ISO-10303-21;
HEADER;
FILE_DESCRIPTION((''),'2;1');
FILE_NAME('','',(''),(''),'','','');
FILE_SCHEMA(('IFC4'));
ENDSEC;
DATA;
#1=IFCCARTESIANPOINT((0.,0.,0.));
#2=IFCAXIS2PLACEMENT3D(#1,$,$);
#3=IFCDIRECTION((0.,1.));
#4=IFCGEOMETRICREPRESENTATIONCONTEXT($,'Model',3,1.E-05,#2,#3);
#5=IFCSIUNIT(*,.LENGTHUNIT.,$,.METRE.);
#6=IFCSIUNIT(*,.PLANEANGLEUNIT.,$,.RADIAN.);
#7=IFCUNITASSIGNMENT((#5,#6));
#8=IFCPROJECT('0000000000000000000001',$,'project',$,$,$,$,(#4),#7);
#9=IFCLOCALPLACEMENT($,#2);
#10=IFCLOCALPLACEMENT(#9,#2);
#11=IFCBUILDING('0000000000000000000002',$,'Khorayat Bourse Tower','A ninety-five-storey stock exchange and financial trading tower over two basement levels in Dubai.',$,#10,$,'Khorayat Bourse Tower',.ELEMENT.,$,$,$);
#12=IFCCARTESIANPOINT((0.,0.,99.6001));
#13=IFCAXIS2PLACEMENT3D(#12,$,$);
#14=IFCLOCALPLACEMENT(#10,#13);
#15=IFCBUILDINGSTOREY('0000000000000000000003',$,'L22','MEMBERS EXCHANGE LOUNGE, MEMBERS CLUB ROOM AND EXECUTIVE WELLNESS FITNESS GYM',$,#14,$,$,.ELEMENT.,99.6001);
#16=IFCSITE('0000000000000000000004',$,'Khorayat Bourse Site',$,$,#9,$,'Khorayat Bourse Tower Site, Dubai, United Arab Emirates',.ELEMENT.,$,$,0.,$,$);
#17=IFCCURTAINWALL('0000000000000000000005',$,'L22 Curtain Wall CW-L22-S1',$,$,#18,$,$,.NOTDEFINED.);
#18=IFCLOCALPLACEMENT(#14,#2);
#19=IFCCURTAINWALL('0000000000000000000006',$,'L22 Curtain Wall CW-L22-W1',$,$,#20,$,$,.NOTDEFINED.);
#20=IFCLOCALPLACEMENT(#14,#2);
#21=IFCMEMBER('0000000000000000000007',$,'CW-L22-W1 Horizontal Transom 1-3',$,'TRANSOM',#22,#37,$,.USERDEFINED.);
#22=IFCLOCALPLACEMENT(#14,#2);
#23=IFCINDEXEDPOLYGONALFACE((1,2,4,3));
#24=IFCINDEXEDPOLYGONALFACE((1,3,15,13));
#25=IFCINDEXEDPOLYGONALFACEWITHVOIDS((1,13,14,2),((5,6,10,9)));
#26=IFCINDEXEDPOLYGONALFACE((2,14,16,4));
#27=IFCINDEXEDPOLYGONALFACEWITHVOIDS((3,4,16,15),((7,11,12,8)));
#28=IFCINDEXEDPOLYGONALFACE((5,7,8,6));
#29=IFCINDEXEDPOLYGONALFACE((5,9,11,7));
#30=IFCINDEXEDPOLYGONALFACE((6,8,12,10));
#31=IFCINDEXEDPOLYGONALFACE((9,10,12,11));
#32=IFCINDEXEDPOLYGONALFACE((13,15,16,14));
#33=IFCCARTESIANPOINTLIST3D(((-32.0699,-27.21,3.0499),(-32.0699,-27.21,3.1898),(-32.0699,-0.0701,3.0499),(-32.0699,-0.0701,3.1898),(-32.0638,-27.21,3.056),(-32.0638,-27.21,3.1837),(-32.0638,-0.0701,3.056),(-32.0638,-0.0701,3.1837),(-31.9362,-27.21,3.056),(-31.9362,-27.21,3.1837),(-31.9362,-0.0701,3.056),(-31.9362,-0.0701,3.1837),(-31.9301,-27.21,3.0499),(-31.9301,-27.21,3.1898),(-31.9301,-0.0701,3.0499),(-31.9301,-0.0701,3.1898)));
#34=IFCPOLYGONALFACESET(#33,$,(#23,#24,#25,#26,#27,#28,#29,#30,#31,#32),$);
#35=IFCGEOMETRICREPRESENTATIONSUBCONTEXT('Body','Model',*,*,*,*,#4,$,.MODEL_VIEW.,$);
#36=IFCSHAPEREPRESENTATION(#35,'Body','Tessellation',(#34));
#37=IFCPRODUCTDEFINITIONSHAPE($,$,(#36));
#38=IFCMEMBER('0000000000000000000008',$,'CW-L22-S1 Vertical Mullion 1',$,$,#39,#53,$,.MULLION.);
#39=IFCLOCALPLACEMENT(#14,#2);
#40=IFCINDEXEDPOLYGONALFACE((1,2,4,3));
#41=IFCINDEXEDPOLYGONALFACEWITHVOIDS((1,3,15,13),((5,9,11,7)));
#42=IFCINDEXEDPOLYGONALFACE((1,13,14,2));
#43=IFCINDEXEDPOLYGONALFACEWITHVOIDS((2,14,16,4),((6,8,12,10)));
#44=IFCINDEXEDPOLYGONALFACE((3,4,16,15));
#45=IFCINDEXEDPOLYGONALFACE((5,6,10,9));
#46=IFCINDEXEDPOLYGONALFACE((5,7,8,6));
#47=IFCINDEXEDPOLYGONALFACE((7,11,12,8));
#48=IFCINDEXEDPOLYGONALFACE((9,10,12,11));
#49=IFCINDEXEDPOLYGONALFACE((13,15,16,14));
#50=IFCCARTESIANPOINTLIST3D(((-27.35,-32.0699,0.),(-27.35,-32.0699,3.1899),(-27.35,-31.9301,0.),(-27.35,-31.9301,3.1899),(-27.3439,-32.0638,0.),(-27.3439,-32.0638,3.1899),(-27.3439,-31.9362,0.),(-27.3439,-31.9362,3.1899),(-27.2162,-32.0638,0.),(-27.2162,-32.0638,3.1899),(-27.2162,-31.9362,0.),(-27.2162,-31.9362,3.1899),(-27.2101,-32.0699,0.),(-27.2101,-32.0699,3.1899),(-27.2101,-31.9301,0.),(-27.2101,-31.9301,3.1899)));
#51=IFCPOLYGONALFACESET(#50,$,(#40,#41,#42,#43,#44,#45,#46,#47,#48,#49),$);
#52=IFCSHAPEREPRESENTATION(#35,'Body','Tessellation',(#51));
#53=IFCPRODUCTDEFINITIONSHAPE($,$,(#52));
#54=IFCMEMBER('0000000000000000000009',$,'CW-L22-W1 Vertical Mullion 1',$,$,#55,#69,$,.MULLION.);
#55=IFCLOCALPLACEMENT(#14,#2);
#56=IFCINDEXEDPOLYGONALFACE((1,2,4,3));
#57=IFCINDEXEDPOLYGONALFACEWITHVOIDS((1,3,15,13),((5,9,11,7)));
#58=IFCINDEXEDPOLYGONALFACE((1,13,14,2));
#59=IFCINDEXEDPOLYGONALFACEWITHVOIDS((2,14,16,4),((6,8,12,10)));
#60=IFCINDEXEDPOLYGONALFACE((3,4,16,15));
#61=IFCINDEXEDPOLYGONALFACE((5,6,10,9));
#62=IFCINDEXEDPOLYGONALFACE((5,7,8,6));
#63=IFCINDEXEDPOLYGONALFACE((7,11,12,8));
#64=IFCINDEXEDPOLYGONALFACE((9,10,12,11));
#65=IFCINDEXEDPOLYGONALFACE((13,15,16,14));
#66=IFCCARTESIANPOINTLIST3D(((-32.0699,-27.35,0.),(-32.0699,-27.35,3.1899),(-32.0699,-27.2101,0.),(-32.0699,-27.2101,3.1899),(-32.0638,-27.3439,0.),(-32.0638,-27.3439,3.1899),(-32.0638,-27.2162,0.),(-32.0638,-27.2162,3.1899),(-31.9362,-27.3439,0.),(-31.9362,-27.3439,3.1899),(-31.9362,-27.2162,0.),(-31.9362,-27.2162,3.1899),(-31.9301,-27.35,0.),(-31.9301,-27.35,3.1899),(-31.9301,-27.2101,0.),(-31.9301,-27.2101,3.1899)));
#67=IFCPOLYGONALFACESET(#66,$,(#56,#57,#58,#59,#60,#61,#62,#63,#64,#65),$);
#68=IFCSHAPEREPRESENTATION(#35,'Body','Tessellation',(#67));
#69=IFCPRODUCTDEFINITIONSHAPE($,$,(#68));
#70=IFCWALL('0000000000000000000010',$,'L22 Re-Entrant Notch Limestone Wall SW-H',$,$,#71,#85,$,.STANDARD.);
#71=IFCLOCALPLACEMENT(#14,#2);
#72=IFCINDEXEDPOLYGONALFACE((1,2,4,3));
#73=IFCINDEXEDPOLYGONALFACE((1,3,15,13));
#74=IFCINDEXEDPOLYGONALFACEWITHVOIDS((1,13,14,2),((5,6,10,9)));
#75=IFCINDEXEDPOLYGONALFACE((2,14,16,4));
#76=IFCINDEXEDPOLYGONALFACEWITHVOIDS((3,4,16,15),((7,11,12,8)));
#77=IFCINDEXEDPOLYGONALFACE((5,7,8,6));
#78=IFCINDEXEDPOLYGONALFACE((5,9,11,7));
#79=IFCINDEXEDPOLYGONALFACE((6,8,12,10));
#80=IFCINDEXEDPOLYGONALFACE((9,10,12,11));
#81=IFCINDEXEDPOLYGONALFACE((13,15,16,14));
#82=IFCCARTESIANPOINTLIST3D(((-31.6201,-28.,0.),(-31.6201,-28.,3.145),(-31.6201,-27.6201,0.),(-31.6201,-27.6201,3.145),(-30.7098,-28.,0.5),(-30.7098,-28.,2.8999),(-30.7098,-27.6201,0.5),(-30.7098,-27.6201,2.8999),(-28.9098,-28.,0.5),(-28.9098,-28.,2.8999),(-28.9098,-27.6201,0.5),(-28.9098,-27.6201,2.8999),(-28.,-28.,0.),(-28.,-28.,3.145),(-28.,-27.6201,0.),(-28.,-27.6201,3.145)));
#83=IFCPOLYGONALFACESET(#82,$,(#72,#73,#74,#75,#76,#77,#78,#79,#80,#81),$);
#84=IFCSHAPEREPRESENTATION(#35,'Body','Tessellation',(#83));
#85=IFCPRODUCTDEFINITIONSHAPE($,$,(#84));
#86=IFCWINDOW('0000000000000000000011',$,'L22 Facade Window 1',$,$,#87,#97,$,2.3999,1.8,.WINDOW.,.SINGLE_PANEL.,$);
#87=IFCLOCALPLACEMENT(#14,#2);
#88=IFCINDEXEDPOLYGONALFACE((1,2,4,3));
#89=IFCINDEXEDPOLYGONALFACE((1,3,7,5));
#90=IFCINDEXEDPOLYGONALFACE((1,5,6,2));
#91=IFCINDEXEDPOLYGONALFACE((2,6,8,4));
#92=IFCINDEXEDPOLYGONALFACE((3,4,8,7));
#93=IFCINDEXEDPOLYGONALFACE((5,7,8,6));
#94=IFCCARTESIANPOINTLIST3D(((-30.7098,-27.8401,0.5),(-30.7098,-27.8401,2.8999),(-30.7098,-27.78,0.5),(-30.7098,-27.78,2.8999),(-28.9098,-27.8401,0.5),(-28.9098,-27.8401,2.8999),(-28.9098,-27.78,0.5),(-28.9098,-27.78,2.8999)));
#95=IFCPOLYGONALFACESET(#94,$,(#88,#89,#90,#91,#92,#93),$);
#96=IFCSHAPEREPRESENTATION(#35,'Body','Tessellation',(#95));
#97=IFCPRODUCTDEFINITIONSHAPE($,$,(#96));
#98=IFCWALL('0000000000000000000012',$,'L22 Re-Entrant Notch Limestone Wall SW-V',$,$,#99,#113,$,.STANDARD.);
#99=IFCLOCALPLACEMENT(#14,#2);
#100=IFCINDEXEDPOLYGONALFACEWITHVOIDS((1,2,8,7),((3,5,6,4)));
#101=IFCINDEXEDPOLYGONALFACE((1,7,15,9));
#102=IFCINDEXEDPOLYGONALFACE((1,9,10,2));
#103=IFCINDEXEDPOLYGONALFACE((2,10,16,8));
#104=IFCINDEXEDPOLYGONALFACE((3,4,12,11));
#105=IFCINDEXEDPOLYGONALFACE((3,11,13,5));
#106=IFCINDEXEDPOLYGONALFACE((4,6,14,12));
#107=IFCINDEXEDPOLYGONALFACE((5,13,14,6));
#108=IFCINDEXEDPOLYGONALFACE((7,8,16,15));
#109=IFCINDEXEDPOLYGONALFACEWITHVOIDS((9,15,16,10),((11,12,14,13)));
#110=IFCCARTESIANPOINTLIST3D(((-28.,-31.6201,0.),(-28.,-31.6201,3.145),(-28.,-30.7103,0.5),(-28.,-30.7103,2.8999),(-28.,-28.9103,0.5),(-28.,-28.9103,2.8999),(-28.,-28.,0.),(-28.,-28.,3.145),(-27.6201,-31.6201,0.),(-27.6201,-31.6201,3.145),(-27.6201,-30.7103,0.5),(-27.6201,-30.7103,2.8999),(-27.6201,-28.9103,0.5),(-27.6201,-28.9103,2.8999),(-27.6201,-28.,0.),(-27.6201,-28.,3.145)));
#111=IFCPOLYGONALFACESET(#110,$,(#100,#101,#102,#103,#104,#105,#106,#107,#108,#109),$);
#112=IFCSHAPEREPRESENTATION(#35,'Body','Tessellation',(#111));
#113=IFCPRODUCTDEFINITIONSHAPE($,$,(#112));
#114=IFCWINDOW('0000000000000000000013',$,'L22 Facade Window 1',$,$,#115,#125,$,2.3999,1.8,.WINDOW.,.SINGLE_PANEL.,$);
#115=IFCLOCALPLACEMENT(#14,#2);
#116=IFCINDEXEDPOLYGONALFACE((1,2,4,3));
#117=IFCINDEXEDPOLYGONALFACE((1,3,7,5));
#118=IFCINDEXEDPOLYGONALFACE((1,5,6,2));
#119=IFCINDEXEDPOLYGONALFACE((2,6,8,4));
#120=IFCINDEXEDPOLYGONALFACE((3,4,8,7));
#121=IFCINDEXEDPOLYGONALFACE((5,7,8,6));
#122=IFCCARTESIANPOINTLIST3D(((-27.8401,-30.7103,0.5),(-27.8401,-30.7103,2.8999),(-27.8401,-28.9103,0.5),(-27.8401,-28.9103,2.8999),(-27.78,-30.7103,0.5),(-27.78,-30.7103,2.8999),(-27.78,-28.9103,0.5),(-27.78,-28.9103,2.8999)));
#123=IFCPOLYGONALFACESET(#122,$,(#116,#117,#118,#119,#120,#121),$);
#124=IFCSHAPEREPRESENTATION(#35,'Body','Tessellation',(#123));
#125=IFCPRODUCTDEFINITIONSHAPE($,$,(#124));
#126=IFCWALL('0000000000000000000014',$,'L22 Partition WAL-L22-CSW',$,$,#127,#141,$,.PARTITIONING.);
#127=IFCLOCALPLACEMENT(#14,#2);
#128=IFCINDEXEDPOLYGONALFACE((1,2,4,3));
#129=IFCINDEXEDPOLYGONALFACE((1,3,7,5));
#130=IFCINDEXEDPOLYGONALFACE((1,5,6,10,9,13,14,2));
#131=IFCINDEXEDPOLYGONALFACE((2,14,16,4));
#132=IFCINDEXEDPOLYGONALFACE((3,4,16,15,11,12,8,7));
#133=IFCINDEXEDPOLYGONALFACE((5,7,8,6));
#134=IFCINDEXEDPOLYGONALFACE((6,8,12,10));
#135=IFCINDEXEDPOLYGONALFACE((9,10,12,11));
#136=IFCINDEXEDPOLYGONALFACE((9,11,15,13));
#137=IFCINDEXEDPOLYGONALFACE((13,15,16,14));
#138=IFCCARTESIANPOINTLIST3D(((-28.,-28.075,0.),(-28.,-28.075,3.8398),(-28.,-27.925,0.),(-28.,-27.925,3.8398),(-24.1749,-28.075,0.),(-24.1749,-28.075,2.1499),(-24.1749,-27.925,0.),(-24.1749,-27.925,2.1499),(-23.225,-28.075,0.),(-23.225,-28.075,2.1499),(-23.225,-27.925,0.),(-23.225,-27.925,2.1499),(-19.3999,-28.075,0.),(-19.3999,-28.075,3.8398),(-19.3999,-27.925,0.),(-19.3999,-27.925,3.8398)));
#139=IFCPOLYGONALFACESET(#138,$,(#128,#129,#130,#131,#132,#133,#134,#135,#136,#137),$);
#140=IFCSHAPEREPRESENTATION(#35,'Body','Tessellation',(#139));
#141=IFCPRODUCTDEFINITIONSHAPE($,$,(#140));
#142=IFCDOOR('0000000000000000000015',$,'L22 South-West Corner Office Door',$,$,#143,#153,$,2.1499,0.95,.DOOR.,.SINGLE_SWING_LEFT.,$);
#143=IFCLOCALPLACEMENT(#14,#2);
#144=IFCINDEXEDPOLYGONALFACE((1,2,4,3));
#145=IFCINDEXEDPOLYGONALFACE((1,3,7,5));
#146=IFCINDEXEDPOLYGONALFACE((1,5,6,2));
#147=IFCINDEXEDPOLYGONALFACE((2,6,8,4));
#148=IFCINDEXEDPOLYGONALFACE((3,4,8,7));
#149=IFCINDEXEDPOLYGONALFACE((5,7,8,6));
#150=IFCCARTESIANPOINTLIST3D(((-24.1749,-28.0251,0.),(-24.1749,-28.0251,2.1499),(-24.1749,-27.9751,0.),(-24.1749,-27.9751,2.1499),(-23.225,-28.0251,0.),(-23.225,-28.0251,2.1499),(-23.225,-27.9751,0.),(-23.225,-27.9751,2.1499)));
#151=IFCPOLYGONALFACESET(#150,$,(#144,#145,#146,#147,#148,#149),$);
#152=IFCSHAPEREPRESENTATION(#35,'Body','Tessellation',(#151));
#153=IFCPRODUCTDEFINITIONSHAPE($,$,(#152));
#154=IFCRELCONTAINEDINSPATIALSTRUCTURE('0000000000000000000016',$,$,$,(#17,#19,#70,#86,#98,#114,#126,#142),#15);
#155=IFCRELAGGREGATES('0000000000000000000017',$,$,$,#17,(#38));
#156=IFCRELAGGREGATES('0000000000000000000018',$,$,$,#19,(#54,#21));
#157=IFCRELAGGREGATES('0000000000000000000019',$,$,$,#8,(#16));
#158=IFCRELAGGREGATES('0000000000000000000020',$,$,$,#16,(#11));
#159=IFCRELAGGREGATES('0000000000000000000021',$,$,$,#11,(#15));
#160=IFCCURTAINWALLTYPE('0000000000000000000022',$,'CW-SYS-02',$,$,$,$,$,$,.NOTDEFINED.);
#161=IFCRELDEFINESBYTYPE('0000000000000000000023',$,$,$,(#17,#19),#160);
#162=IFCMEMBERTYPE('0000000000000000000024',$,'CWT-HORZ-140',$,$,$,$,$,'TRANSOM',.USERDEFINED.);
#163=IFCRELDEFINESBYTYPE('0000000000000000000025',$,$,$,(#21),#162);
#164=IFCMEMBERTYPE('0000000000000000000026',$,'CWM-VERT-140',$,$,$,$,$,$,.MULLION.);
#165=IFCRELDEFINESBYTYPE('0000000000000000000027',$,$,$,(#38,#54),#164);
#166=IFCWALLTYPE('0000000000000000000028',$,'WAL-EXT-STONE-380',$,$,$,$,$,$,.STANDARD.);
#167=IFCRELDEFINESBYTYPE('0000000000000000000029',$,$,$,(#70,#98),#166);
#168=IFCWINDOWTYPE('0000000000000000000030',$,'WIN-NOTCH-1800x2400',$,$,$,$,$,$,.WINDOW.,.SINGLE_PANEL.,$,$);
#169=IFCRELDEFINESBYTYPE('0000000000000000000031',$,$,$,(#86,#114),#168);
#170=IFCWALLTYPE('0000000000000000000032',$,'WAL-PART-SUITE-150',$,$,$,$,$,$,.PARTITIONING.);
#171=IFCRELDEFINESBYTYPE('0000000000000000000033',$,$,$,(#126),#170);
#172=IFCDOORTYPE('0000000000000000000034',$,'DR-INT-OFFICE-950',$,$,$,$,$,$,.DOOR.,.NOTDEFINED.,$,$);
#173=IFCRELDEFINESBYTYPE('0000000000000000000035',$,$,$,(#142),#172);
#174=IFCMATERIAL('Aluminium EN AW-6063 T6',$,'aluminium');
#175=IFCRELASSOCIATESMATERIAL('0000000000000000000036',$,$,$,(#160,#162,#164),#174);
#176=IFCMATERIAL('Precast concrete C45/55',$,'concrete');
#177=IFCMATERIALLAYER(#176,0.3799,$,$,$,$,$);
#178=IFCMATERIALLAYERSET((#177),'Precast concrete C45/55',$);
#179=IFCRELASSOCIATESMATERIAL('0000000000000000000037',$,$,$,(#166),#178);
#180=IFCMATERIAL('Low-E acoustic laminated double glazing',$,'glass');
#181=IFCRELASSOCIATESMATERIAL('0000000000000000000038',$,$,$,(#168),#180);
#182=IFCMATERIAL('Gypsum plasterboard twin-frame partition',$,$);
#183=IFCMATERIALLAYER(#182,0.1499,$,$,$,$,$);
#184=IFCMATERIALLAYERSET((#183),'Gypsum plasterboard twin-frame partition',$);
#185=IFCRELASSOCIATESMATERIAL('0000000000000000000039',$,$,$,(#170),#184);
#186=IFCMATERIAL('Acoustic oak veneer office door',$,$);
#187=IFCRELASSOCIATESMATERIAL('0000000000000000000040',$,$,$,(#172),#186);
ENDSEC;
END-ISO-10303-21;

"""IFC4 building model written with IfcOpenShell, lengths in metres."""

from ifc_helpers import new_model, si_unit, direction, frame, frame_2d, origin, origin_2d, place, context, subcontext, project, spatial, rectangle, hollow_rectangle, extrude, source, transform, mapped, material, layer, layer_set, material_profile, profile_set, type_object, element, fill, aggregate, save


model = new_model("IFC4")

# Units and contexts
model_context = context("Model", 3, precision=1e-05, world=origin(), true_north=direction((0.0, 1.0)))
body_context = subcontext(model_context, "Body", "Model", "MODEL_VIEW")
ifc_project = project(units=[si_unit("LENGTHUNIT", "METRE"), si_unit("PLANEANGLEUNIT", "RADIAN")], contexts=[model_context])

# Site, building, storey
site_placement = place(None, origin())
site = spatial("IfcSite", under=ifc_project, at=site_placement, Name="Khorayat Bourse Site", LongName="Khorayat Bourse Tower Site, Dubai, United Arab Emirates", CompositionType="ELEMENT", RefElevation=0.0)
building_placement = place(site_placement, origin())
building = spatial("IfcBuilding", under=site, at=building_placement, Name="Khorayat Bourse Tower", Description="A ninety-five-storey stock exchange and financial trading tower over two basement levels in Dubai.", LongName="Khorayat Bourse Tower", CompositionType="ELEMENT")
storey_placement = place(building_placement, frame((0.0, 0.0, 99.6001)))
storey = spatial("IfcBuildingStorey", under=building, at=storey_placement, Name="L22", Description="MEMBERS EXCHANGE LOUNGE, MEMBERS CLUB ROOM AND EXECUTIVE WELLNESS FITNESS GYM", CompositionType="ELEMENT", Elevation=99.6001)

# Curtain walls, member
ifc_material_1 = material(Name="Aluminium EN AW-6063 T6", Category="aluminium")
curtain_wall_type = type_object("IfcCurtainWallType", Name="CW-SYS-02", PredefinedType="NOTDEFINED", material=ifc_material_1)
curtain_wall_1_placement = place(storey_placement, origin())
curtain_wall_1 = element("IfcCurtainWall", 1, at=curtain_wall_1_placement, inside=storey, type_object=curtain_wall_type, Name="L22 Curtain Wall CW-L22-S1", PredefinedType="NOTDEFINED")
ifc_material_profile_1 = material_profile(ifc_material_1, hollow_rectangle(XDim=0.1399, YDim=0.1399, WallThickness=0.0061, at=origin_2d()), Name="ALU 140x140x6")
ifc_profile_set_1 = profile_set([ifc_material_profile_1], Name="Aluminium EN AW-6063 T6")
member_type_1 = type_object("IfcMemberType", Name="CWT-HORZ-140", ElementType="TRANSOM", PredefinedType="USERDEFINED", material=ifc_profile_set_1)
shared_shape_1 = source(origin(), body_context, "Body", "SweptSolid", [
    extrude(hollow_rectangle(XDim=0.1399, YDim=0.1399, WallThickness=0.0061, at=origin_2d()), origin(), (0.0, 0.0, 1.0), 27.1399),
])
curtain_wall_2_placement = place(storey_placement, origin())
curtain_wall_2 = element("IfcCurtainWall", 2, at=curtain_wall_2_placement, inside=storey, type_object=curtain_wall_type, Name="L22 Curtain Wall CW-L22-W1", PredefinedType="NOTDEFINED")
member_1_placement = place(storey_placement, frame((-32.0, -27.21, 3.1199), z_axis=(0.0, 1.0, 0.0), x_axis=(-1.0, 0.0, 0.0)))
member_1 = element("IfcMember", 3, at=member_1_placement, type_object=member_type_1, Name="CW-L22-W1 Horizontal Transom 1-3", ObjectType="TRANSOM", PredefinedType="USERDEFINED", context=body_context, shape_type="MappedRepresentation", body=[
    mapped(shared_shape_1, transform((0.0, 0.0, 0.0), scale=1.0)),
])

# Members
ifc_material_profile_2 = material_profile(ifc_material_1, hollow_rectangle(XDim=0.1399, YDim=0.1399, WallThickness=0.0061, at=origin_2d()), Name="ALU 140x140x6")
ifc_profile_set_2 = profile_set([ifc_material_profile_2], Name="Aluminium EN AW-6063 T6")
member_type_2 = type_object("IfcMemberType", Name="CWM-VERT-140", PredefinedType="MULLION", material=ifc_profile_set_2)
shared_shape_2 = source(origin(), body_context, "Body", "SweptSolid", [
    extrude(hollow_rectangle(XDim=0.1399, YDim=0.1399, WallThickness=0.0061, at=origin_2d()), origin(), (0.0, 0.0, 1.0), 3.1899),
])
member_2_placement = place(storey_placement, frame((-27.28, -32.0, 0.0), z_axis=(0.0, 0.0, 1.0), x_axis=(0.0, 1.0, 0.0)))
member_2 = element("IfcMember", 4, at=member_2_placement, type_object=member_type_2, Name="CW-L22-S1 Vertical Mullion 1", PredefinedType="MULLION", context=body_context, shape_type="MappedRepresentation", body=[
    mapped(shared_shape_2, transform((0.0, 0.0, 0.0), scale=1.0)),
])
aggregate(curtain_wall_1, [member_2])
member_3_placement = place(storey_placement, frame((-32.0, -27.28, 0.0), z_axis=(0.0, 0.0, 1.0), x_axis=(-1.0, 0.0, 0.0)))
member_3 = element("IfcMember", 5, at=member_3_placement, type_object=member_type_2, Name="CW-L22-W1 Vertical Mullion 1", PredefinedType="MULLION", context=body_context, shape_type="MappedRepresentation", body=[
    mapped(shared_shape_2, transform((0.0, 0.0, 0.0), scale=1.0)),
])
aggregate(curtain_wall_2, [member_3, member_1])

# Walls, openings, windows
ifc_material_2 = material(Name="Precast concrete C45/55", Category="concrete")
ifc_layer_1 = layer(ifc_material_2, 0.3799)
ifc_layer_set_1 = layer_set([ifc_layer_1], Name="Precast concrete C45/55")
wall_type_1 = type_object("IfcWallType", Name="WAL-EXT-STONE-380", PredefinedType="STANDARD", material=ifc_layer_set_1)
shared_shape_3 = source(origin(), body_context, "Body", "SweptSolid", [
    extrude(rectangle(XDim=3.6201, YDim=0.3799, at=frame_2d((1.8101, 0.0))), origin(), (0.0, 0.0, 1.0), 3.145),
])
wall_1_placement = place(storey_placement, frame((-28.0, -27.8101, 0.0), z_axis=(0.0, 0.0, 1.0), x_axis=(-1.0, 0.0, 0.0)))
wall_1 = element("IfcWall", 6, at=wall_1_placement, inside=storey, type_object=wall_type_1, Name="L22 Re-Entrant Notch Limestone Wall SW-H", PredefinedType="STANDARD", context=body_context, shape_type="MappedRepresentation", body=[
    mapped(shared_shape_3, transform((0.0, 0.0, 0.0), scale=1.0)),
])
shared_shape_4 = source(origin(), body_context, "Body", "SweptSolid", [
    extrude(rectangle(XDim=1.8, YDim=2.3999, at=frame_2d((0.8999, 1.2))), frame((0.0, 0.2, 0.0), z_axis=(0.0, -1.0, 0.0), x_axis=(1.0, 0.0, 0.0)), (0.0, 0.0, 1.0), 0.3999),
])
opening_1_placement = place(wall_1_placement, frame((0.9099, 0.0, 0.5)))
opening_1 = element("IfcOpeningElement", 7, at=opening_1_placement, cuts=wall_1, PredefinedType="OPENING", context=body_context, shape_type="MappedRepresentation", body=[
    mapped(shared_shape_4, transform((0.0, 0.0, 0.0), scale=1.0)),
])
ifc_material_3 = material(Name="Low-E acoustic laminated double glazing", Category="glass")
window_type = type_object("IfcWindowType", Name="WIN-NOTCH-1800x2400", PartitioningType="SINGLE_PANEL", PredefinedType="WINDOW", material=ifc_material_3)
shared_shape_5 = source(origin(), body_context, "Body", "SweptSolid", [
    extrude(rectangle(XDim=1.8, YDim=2.3999, at=frame_2d((0.8999, 1.2))), frame((0.0, 0.03, 0.0), z_axis=(0.0, -1.0, 0.0), x_axis=(1.0, 0.0, 0.0)), (0.0, 0.0, 1.0), 0.0601),
])
window_1_placement = place(opening_1_placement, origin())
window_1 = element("IfcWindow", 8, at=window_1_placement, inside=storey, type_object=window_type, Name="L22 Facade Window 1", OverallHeight=2.3999, OverallWidth=1.8, PartitioningType="SINGLE_PANEL", PredefinedType="WINDOW", context=body_context, shape_type="MappedRepresentation", body=[
    mapped(shared_shape_5, transform((0.0, 0.0, 0.0), scale=1.0)),
])
fill(opening_1, window_1)
wall_2_placement = place(storey_placement, frame((-27.8101, -31.6201, 0.0), z_axis=(0.0, 0.0, 1.0), x_axis=(0.0, 1.0, 0.0)))
wall_2 = element("IfcWall", 9, at=wall_2_placement, inside=storey, type_object=wall_type_1, Name="L22 Re-Entrant Notch Limestone Wall SW-V", PredefinedType="STANDARD", context=body_context, shape_type="MappedRepresentation", body=[
    mapped(shared_shape_3, transform((0.0, 0.0, 0.0), scale=1.0)),
])
opening_2_placement = place(wall_2_placement, frame((0.9099, 0.0, 0.5)))
opening_2 = element("IfcOpeningElement", 10, at=opening_2_placement, cuts=wall_2, PredefinedType="OPENING", context=body_context, shape_type="MappedRepresentation", body=[
    mapped(shared_shape_4, transform((0.0, 0.0, 0.0), scale=1.0)),
])
window_2_placement = place(opening_2_placement, origin())
window_2 = element("IfcWindow", 11, at=window_2_placement, inside=storey, type_object=window_type, Name="L22 Facade Window 1", OverallHeight=2.3999, OverallWidth=1.8, PartitioningType="SINGLE_PANEL", PredefinedType="WINDOW", context=body_context, shape_type="MappedRepresentation", body=[
    mapped(shared_shape_5, transform((0.0, 0.0, 0.0), scale=1.0)),
])
fill(opening_2, window_2)

# Wall, opening, door
ifc_material_4 = material(Name="Gypsum plasterboard twin-frame partition")
ifc_layer_2 = layer(ifc_material_4, 0.1499)
ifc_layer_set_2 = layer_set([ifc_layer_2], Name="Gypsum plasterboard twin-frame partition")
wall_type_2 = type_object("IfcWallType", Name="WAL-PART-SUITE-150", PredefinedType="PARTITIONING", material=ifc_layer_set_2)
shared_shape_6 = source(origin(), body_context, "Body", "SweptSolid", [
    extrude(rectangle(XDim=8.6001, YDim=0.1499, at=frame_2d((4.3, 0.0))), origin(), (0.0, 0.0, 1.0), 3.8398),
])
wall_3_placement = place(storey_placement, frame((-28.0, -28.0, 0.0), z_axis=(0.0, 0.0, 1.0), x_axis=(1.0, 0.0, 0.0)))
wall_3 = element("IfcWall", 12, at=wall_3_placement, inside=storey, type_object=wall_type_2, Name="L22 Partition WAL-L22-CSW", PredefinedType="PARTITIONING", context=body_context, shape_type="MappedRepresentation", body=[
    mapped(shared_shape_6, transform((0.0, 0.0, 0.0), scale=1.0)),
])
shared_shape_7 = source(origin(), body_context, "Body", "SweptSolid", [
    extrude(rectangle(XDim=0.95, YDim=2.1499, at=frame_2d((0.4751, 1.075))), frame((0.0, 0.085, 0.0), z_axis=(0.0, -1.0, 0.0), x_axis=(1.0, 0.0, 0.0)), (0.0, 0.0, 1.0), 0.1699),
])
opening_3_placement = place(wall_3_placement, frame((3.825, 0.0, 0.0)))
opening_3 = element("IfcOpeningElement", 13, at=opening_3_placement, cuts=wall_3, PredefinedType="OPENING", context=body_context, shape_type="MappedRepresentation", body=[
    mapped(shared_shape_7, transform((0.0, 0.0, 0.0), scale=1.0)),
])
ifc_material_5 = material(Name="Acoustic oak veneer office door")
door_type = type_object("IfcDoorType", Name="DR-INT-OFFICE-950", OperationType="NOTDEFINED", PredefinedType="DOOR", material=ifc_material_5)
shared_shape_8 = source(origin(), body_context, "Body", "SweptSolid", [
    extrude(rectangle(XDim=0.95, YDim=2.1499, at=frame_2d((0.4751, 1.075))), frame((0.0, 0.0249, 0.0), z_axis=(0.0, -1.0, 0.0), x_axis=(1.0, 0.0, 0.0)), (0.0, 0.0, 1.0), 0.05),
])
door_placement = place(opening_3_placement, origin())
door = element("IfcDoor", 14, at=door_placement, inside=storey, type_object=door_type, Name="L22 South-West Corner Office Door", OperationType="SINGLE_SWING_LEFT", OverallHeight=2.1499, OverallWidth=0.95, PredefinedType="DOOR", context=body_context, shape_type="MappedRepresentation", body=[
    mapped(shared_shape_8, transform((0.0, 0.0, 0.0), scale=1.0)),
])
fill(opening_3, door)

save(model, "model.ifc")
